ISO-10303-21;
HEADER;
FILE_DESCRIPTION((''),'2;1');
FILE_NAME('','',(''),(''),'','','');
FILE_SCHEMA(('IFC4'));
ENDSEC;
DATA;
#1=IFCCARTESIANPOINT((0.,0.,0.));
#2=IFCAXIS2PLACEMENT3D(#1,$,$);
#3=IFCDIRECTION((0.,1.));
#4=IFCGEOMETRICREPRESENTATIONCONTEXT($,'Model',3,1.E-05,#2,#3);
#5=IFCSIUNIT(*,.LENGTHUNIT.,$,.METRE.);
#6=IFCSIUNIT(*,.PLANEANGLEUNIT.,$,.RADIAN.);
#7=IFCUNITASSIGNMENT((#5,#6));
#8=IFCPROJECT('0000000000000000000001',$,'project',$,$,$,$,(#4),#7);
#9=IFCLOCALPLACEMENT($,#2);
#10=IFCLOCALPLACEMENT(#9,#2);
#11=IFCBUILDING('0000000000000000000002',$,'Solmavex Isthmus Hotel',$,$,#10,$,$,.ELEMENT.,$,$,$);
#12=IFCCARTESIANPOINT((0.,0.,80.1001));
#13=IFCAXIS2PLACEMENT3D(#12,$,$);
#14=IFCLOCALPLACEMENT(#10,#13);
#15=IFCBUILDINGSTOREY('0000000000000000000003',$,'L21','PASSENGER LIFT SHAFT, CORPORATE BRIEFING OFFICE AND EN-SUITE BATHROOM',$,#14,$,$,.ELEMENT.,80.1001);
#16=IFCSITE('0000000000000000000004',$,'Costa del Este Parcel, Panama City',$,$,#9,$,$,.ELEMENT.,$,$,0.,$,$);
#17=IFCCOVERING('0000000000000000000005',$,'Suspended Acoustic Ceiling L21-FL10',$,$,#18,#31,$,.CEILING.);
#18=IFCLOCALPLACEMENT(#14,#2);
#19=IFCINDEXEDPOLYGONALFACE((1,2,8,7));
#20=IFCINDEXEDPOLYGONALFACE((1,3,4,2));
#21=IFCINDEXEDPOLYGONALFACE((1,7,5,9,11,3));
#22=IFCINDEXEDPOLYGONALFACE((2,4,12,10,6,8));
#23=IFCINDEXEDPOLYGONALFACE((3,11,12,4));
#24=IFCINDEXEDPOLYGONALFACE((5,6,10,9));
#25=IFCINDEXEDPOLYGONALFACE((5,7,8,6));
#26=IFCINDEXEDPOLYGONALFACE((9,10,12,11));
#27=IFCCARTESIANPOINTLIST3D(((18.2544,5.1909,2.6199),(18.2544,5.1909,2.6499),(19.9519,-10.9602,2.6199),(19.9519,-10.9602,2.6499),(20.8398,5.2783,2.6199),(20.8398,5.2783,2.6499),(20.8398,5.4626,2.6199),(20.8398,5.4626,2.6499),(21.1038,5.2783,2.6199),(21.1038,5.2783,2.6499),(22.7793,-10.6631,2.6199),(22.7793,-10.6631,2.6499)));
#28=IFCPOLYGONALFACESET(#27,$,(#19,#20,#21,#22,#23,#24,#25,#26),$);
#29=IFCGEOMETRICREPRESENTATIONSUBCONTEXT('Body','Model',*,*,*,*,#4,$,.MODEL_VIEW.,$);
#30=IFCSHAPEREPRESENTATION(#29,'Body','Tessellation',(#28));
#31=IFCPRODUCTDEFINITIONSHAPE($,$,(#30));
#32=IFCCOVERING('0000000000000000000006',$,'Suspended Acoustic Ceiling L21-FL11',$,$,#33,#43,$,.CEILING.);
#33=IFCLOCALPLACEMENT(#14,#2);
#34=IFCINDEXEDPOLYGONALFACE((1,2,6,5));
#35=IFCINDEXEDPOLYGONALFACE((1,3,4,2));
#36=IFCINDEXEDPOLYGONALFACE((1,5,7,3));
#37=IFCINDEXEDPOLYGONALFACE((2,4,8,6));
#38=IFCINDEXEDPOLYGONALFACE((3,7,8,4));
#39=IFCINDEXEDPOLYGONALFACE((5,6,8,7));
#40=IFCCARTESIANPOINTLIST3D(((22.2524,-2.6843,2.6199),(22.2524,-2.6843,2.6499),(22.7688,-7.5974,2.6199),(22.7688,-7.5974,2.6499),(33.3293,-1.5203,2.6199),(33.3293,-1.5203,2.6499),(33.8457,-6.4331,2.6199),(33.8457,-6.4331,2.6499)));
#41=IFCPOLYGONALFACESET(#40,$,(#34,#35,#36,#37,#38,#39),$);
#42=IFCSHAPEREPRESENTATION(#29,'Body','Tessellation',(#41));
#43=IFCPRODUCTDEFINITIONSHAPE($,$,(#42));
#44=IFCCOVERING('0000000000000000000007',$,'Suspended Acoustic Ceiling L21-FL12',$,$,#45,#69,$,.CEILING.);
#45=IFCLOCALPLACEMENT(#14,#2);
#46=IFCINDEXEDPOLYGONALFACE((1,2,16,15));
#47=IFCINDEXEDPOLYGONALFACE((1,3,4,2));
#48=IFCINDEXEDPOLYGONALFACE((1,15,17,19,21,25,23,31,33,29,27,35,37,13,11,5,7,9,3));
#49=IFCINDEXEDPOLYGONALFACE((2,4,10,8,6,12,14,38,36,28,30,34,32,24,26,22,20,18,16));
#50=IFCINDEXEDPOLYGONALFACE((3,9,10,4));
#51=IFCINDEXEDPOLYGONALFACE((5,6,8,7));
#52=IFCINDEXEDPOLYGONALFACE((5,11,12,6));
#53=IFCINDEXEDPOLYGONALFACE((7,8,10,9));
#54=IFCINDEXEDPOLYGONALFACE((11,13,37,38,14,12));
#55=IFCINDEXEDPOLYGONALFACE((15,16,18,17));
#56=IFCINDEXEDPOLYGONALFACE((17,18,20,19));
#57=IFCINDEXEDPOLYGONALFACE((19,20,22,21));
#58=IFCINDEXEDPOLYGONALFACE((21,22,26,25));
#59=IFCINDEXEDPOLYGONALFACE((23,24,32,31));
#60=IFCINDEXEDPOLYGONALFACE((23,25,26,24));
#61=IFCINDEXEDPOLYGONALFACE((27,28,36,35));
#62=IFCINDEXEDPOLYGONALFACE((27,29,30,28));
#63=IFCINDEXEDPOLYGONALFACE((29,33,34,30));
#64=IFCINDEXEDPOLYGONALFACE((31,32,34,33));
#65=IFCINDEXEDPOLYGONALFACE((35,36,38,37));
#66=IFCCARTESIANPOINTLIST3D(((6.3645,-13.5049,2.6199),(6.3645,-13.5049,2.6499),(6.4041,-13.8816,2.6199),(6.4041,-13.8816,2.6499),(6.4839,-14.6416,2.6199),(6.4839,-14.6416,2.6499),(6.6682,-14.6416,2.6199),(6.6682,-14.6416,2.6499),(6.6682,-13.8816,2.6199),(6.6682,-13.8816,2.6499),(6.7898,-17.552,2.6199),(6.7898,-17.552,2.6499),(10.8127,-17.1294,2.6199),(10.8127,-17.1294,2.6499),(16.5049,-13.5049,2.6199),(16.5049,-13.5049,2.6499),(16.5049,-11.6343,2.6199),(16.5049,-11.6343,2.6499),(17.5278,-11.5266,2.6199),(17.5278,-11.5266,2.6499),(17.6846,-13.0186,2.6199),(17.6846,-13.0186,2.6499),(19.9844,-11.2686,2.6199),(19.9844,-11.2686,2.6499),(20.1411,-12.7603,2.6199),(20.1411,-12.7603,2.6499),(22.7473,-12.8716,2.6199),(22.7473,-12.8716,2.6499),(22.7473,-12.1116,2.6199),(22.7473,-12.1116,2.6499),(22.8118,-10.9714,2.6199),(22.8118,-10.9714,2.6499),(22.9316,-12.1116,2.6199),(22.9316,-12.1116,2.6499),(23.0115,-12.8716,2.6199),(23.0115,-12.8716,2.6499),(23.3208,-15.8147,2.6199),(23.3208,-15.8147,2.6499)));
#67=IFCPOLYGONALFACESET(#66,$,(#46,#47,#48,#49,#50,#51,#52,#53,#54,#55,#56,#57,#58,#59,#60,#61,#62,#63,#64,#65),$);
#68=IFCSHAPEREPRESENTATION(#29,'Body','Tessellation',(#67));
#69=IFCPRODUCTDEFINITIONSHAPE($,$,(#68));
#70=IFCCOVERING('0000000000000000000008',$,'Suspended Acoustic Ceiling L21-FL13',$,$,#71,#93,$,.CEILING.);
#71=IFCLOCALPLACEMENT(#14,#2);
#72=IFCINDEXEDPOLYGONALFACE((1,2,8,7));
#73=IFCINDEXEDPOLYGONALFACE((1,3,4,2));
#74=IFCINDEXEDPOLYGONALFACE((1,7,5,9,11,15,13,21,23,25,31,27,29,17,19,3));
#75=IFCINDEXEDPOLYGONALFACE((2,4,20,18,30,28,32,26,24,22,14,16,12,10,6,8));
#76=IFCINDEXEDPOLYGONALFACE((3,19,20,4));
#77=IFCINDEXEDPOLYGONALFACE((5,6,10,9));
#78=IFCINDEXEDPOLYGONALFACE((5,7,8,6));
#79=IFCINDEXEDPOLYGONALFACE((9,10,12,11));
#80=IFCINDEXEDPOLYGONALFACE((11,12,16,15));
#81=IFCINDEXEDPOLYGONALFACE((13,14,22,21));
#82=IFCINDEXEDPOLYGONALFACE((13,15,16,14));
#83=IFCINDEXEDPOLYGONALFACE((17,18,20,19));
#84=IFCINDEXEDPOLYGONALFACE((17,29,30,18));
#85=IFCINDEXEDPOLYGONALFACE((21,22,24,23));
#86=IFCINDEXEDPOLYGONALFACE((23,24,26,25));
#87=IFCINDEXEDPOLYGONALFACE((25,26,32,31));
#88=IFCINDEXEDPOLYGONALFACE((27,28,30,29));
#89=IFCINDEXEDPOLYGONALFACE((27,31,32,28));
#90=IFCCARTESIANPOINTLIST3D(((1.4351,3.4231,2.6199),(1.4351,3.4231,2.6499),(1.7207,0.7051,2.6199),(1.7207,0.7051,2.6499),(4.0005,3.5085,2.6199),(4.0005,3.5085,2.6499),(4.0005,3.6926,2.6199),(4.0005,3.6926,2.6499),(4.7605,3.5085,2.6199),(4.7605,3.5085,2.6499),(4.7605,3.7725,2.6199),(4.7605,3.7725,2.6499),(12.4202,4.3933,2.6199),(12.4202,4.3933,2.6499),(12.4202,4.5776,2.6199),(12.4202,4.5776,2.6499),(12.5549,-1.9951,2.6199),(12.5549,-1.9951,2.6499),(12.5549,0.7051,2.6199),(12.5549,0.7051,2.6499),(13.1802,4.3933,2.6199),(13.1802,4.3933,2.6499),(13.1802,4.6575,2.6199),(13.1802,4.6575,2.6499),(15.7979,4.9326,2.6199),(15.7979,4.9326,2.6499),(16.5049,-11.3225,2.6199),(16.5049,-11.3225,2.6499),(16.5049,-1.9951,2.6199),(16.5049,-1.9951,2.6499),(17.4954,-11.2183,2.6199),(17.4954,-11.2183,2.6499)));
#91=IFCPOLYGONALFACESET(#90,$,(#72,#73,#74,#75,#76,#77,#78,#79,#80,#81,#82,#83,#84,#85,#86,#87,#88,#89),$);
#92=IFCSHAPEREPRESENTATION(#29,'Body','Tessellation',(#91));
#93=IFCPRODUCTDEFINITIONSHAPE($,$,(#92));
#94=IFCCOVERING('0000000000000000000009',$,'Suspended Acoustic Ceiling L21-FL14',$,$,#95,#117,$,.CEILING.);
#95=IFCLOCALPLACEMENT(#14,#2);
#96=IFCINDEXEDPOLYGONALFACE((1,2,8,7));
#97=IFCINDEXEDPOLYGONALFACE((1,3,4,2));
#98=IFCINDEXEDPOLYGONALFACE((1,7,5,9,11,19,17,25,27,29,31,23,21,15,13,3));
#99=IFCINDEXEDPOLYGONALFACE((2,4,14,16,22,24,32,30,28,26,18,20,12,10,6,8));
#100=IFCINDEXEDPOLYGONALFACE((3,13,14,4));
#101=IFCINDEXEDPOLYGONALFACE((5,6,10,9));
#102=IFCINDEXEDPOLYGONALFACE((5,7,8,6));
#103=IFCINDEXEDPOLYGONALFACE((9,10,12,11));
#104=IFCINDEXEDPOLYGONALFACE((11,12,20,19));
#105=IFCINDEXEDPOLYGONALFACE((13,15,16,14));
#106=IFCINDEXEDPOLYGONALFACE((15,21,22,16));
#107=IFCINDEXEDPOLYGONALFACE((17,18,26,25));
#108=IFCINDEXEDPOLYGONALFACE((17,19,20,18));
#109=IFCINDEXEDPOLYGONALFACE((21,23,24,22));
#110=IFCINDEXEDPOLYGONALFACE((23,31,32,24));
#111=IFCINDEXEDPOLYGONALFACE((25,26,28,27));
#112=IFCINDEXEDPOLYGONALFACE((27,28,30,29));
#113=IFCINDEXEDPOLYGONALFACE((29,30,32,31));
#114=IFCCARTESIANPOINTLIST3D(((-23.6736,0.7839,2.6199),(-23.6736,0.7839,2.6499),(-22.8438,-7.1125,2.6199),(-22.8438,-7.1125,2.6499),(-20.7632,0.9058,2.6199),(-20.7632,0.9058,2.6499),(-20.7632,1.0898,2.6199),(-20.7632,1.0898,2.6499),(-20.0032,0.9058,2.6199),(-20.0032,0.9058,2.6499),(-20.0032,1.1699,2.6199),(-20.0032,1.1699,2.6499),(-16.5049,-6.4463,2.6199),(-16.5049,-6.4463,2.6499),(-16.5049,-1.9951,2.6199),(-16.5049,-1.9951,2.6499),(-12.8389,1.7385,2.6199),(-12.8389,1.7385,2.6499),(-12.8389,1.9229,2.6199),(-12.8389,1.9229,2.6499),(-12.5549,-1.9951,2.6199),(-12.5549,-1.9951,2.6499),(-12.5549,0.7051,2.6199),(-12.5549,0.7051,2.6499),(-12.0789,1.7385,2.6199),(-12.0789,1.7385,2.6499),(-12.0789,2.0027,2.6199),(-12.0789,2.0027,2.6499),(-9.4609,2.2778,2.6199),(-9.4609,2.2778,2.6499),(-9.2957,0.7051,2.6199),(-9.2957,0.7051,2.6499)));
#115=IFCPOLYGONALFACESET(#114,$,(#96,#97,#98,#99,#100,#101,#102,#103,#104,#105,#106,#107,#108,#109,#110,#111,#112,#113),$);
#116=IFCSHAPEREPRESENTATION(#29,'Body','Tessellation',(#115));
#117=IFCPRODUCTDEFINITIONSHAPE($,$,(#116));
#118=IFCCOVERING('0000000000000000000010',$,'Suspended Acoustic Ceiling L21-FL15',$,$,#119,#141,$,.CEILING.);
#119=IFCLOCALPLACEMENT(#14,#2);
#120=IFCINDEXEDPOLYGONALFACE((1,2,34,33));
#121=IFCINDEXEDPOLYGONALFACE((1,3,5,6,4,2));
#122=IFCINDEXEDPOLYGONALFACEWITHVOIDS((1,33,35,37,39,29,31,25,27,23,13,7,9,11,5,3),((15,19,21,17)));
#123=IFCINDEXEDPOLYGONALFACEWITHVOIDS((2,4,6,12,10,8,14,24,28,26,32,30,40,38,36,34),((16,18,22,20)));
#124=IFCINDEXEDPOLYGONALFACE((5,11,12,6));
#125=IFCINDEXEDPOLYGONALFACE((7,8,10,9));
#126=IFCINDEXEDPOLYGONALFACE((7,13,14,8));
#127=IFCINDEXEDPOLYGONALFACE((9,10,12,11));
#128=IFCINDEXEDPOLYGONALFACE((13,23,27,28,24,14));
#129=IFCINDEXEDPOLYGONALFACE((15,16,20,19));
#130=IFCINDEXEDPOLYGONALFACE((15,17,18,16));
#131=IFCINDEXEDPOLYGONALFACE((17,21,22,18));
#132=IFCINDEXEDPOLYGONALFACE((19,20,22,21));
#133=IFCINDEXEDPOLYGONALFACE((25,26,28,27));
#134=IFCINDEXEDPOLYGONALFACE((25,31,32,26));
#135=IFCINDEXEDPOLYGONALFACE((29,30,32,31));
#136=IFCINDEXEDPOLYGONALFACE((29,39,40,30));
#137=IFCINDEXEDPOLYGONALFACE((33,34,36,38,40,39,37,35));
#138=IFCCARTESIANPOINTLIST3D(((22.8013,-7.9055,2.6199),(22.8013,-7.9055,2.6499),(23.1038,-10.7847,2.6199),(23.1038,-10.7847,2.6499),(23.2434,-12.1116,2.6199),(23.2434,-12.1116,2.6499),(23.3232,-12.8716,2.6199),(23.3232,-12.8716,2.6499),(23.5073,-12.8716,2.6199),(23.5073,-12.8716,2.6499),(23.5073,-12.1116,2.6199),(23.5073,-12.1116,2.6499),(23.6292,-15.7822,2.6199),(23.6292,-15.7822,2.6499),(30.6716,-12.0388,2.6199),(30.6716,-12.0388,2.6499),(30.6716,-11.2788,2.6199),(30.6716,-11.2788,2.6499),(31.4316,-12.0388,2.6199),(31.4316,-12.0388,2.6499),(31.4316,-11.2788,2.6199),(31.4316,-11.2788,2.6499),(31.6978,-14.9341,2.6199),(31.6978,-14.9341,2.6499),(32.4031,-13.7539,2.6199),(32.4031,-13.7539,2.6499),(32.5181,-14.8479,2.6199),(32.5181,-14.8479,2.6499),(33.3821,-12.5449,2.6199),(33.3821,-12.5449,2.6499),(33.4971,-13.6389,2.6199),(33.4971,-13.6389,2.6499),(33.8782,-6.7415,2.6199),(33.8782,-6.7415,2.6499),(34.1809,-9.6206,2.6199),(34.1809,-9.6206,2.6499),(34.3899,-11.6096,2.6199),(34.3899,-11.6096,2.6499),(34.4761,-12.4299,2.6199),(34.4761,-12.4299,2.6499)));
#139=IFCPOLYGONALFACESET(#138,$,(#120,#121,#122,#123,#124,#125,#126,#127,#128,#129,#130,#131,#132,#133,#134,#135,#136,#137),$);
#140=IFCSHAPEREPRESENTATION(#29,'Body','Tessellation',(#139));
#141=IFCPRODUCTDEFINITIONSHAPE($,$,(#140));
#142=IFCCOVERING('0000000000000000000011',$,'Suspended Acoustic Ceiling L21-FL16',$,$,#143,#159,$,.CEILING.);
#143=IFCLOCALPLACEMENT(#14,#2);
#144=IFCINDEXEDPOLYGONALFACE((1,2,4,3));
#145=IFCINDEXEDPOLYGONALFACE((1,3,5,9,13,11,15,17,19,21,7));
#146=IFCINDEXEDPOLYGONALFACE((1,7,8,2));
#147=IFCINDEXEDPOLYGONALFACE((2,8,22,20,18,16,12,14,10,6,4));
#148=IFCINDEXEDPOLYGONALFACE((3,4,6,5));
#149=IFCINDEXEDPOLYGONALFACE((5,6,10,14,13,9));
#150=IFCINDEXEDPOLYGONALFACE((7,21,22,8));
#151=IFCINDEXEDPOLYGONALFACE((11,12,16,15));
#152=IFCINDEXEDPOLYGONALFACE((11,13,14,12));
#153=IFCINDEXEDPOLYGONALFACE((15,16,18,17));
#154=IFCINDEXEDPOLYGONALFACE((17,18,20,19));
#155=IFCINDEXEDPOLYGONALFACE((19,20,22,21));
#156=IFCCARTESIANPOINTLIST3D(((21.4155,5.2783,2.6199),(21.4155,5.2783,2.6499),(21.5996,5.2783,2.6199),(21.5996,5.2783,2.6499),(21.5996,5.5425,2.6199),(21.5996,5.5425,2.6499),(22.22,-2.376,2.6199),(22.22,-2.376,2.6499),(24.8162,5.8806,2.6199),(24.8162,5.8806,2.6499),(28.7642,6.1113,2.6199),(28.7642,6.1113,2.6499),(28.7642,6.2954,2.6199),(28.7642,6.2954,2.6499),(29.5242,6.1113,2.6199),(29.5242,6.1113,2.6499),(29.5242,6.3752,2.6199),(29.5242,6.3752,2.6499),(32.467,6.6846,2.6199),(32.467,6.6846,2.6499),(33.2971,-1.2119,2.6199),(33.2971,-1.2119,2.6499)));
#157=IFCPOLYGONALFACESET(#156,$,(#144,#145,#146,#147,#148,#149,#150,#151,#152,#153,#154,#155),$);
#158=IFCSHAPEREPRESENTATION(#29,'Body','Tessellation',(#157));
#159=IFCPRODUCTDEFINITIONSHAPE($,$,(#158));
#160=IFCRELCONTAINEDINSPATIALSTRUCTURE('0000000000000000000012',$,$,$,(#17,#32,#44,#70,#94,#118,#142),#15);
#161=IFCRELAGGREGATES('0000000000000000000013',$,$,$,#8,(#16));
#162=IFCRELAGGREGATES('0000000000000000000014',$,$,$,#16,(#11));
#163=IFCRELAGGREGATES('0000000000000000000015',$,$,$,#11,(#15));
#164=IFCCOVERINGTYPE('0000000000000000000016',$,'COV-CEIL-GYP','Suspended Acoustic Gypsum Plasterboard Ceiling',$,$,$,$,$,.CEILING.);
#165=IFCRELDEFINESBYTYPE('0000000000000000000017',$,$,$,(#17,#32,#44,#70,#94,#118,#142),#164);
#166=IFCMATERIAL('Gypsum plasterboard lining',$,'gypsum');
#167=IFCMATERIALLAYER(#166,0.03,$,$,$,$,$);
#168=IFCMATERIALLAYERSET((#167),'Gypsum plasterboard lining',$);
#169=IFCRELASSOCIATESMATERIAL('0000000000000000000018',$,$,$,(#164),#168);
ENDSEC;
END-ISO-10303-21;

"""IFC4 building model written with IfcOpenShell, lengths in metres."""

from ifc_helpers import new_model, si_unit, direction, frame, origin, place, context, subcontext, project, spatial, polyline, outline, extrude, material, layer, layer_set, type_object, element, save


model = new_model("IFC4")

# Units and contexts
model_context = context("Model", 3, precision=1e-05, world=origin(), true_north=direction((0.0, 1.0)))
body_context = subcontext(model_context, "Body", "Model", "MODEL_VIEW")
ifc_project = project(units=[si_unit("LENGTHUNIT", "METRE"), si_unit("PLANEANGLEUNIT", "RADIAN")], contexts=[model_context])

# Site, building, storey
site_placement = place(None, origin())
site = spatial("IfcSite", under=ifc_project, at=site_placement, Name="Costa del Este Parcel, Panama City", CompositionType="ELEMENT", RefElevation=0.0)
building_placement = place(site_placement, origin())
building = spatial("IfcBuilding", under=site, at=building_placement, Name="Solmavex Isthmus Hotel", CompositionType="ELEMENT")
storey_placement = place(building_placement, frame((0.0, 0.0, 80.1001)))
storey = spatial("IfcBuildingStorey", under=building, at=storey_placement, Name="L21", Description="PASSENGER LIFT SHAFT, CORPORATE BRIEFING OFFICE AND EN-SUITE BATHROOM", CompositionType="ELEMENT", Elevation=80.1001)

# Shared definitions
ifc_material_1 = material(Name="Gypsum plasterboard lining", Category="gypsum")

# Coverings
ifc_layer_1 = layer(ifc_material_1, 0.03)
ifc_layer_set_1 = layer_set([ifc_layer_1], Name="Gypsum plasterboard lining")
covering_type_1 = type_object("IfcCoveringType", Name="COV-CEIL-GYP", Description="Suspended Acoustic Gypsum Plasterboard Ceiling", PredefinedType="CEILING", material=ifc_layer_set_1)
covering_1_placement = place(storey_placement, frame((0.0, 0.0, 2.6199)))
element("IfcCovering", 1, at=covering_1_placement, inside=storey, type_object=covering_type_1, Name="Suspended Acoustic Ceiling L21-FL10", PredefinedType="CEILING", context=body_context, shape_type="SweptSolid", body=[
    extrude(outline(polyline([(21.1038, 5.2783), (20.8398, 5.2783), (20.8398, 5.4626), (18.2544, 5.1909), (19.9519, -10.9602), (22.7793, -10.6631), (21.1038, 5.2783)])), origin(), (0.0, 0.0, 1.0), 0.03),
])
covering_2_placement = place(storey_placement, frame((0.0, 0.0, 2.6199)))
element("IfcCovering", 2, at=covering_2_placement, inside=storey, type_object=covering_type_1, Name="Suspended Acoustic Ceiling L21-FL11", PredefinedType="CEILING", context=body_context, shape_type="SweptSolid", body=[
    extrude(outline(polyline([(33.3293, -1.5203), (22.2524, -2.6843), (22.7688, -7.5974), (33.8457, -6.4331), (33.3293, -1.5203)])), origin(), (0.0, 0.0, 1.0), 0.03),
])
covering_3_placement = place(storey_placement, frame((0.0, 0.0, 2.6199)))
element("IfcCovering", 3, at=covering_3_placement, inside=storey, type_object=covering_type_1, Name="Suspended Acoustic Ceiling L21-FL12", PredefinedType="CEILING", context=body_context, shape_type="SweptSolid", body=[
    extrude(outline(polyline([(23.0115, -12.8716), (22.7473, -12.8716), (22.7473, -12.1116), (22.9316, -12.1116), (22.8118, -10.9714), (19.9844, -11.2686), (20.1411, -12.7603), (17.6846, -13.0186), (17.5278, -11.5266), (16.5049, -11.6343), (16.5049, -13.5049), (6.3645, -13.5049), (6.4041, -13.8816), (6.6682, -13.8816), (6.6682, -14.6416), (6.4839, -14.6416), (6.7898, -17.552), (10.8127, -17.1294), (23.3208, -15.8147), (23.0115, -12.8716)])), origin(), (0.0, 0.0, 1.0), 0.03),
])
covering_4_placement = place(storey_placement, frame((0.0, 0.0, 2.6199)))
element("IfcCovering", 4, at=covering_4_placement, inside=storey, type_object=covering_type_1, Name="Suspended Acoustic Ceiling L21-FL13", PredefinedType="CEILING", context=body_context, shape_type="SweptSolid", body=[
    extrude(outline(polyline([(4.7605, 3.7725), (4.7605, 3.5085), (4.0005, 3.5085), (4.0005, 3.6926), (1.4351, 3.4231), (1.7207, 0.7051), (12.5549, 0.7051), (12.5549, -1.9951), (16.5049, -1.9951), (16.5049, -11.3225), (17.4954, -11.2183), (15.7979, 4.9326), (13.1802, 4.6575), (13.1802, 4.3933), (12.4202, 4.3933), (12.4202, 4.5776), (4.7605, 3.7725)])), origin(), (0.0, 0.0, 1.0), 0.03),
])
covering_5_placement = place(storey_placement, frame((0.0, 0.0, 2.6199)))
element("IfcCovering", 5, at=covering_5_placement, inside=storey, type_object=covering_type_1, Name="Suspended Acoustic Ceiling L21-FL14", PredefinedType="CEILING", context=body_context, shape_type="SweptSolid", body=[
    extrude(outline(polyline([(-20.0032, 1.1699), (-20.0032, 0.9058), (-20.7632, 0.9058), (-20.7632, 1.0898), (-23.6736, 0.7839), (-22.8438, -7.1125), (-16.5049, -6.4463), (-16.5049, -1.9951), (-12.5549, -1.9951), (-12.5549, 0.7051), (-9.2957, 0.7051), (-9.4609, 2.2778), (-12.0789, 2.0027), (-12.0789, 1.7385), (-12.8389, 1.7385), (-12.8389, 1.9229), (-20.0032, 1.1699)])), origin(), (0.0, 0.0, 1.0), 0.03),
])
covering_6_placement = place(storey_placement, frame((0.0, 0.0, 2.6199)))
element("IfcCovering", 6, at=covering_6_placement, inside=storey, type_object=covering_type_1, Name="Suspended Acoustic Ceiling L21-FL15", PredefinedType="CEILING", context=body_context, shape_type="SweptSolid", body=[
    extrude(outline(polyline([(23.2434, -12.1116), (23.5073, -12.1116), (23.5073, -12.8716), (23.3232, -12.8716), (23.6292, -15.7822), (31.6978, -14.9341), (32.5181, -14.8479), (32.4031, -13.7539), (33.4971, -13.6389), (33.3821, -12.5449), (34.4761, -12.4299), (34.3899, -11.6096), (34.1809, -9.6206), (33.8782, -6.7415), (22.8013, -7.9055), (23.1038, -10.7847), (23.2434, -12.1116)]), holes=[polyline([(30.6716, -12.0388), (30.6716, -11.2788), (31.4316, -11.2788), (31.4316, -12.0388), (30.6716, -12.0388)])]), origin(), (0.0, 0.0, 1.0), 0.03),
])
covering_7_placement = place(storey_placement, frame((0.0, 0.0, 2.6199)))
element("IfcCovering", 7, at=covering_7_placement, inside=storey, type_object=covering_type_1, Name="Suspended Acoustic Ceiling L21-FL16", PredefinedType="CEILING", context=body_context, shape_type="SweptSolid", body=[
    extrude(outline(polyline([(29.5242, 6.3752), (29.5242, 6.1113), (28.7642, 6.1113), (28.7642, 6.2954), (24.8162, 5.8806), (21.5996, 5.5425), (21.5996, 5.2783), (21.4155, 5.2783), (22.22, -2.376), (33.2971, -1.2119), (32.467, 6.6846), (29.5242, 6.3752)])), origin(), (0.0, 0.0, 1.0), 0.03),
])

save(model, "model.ifc")
